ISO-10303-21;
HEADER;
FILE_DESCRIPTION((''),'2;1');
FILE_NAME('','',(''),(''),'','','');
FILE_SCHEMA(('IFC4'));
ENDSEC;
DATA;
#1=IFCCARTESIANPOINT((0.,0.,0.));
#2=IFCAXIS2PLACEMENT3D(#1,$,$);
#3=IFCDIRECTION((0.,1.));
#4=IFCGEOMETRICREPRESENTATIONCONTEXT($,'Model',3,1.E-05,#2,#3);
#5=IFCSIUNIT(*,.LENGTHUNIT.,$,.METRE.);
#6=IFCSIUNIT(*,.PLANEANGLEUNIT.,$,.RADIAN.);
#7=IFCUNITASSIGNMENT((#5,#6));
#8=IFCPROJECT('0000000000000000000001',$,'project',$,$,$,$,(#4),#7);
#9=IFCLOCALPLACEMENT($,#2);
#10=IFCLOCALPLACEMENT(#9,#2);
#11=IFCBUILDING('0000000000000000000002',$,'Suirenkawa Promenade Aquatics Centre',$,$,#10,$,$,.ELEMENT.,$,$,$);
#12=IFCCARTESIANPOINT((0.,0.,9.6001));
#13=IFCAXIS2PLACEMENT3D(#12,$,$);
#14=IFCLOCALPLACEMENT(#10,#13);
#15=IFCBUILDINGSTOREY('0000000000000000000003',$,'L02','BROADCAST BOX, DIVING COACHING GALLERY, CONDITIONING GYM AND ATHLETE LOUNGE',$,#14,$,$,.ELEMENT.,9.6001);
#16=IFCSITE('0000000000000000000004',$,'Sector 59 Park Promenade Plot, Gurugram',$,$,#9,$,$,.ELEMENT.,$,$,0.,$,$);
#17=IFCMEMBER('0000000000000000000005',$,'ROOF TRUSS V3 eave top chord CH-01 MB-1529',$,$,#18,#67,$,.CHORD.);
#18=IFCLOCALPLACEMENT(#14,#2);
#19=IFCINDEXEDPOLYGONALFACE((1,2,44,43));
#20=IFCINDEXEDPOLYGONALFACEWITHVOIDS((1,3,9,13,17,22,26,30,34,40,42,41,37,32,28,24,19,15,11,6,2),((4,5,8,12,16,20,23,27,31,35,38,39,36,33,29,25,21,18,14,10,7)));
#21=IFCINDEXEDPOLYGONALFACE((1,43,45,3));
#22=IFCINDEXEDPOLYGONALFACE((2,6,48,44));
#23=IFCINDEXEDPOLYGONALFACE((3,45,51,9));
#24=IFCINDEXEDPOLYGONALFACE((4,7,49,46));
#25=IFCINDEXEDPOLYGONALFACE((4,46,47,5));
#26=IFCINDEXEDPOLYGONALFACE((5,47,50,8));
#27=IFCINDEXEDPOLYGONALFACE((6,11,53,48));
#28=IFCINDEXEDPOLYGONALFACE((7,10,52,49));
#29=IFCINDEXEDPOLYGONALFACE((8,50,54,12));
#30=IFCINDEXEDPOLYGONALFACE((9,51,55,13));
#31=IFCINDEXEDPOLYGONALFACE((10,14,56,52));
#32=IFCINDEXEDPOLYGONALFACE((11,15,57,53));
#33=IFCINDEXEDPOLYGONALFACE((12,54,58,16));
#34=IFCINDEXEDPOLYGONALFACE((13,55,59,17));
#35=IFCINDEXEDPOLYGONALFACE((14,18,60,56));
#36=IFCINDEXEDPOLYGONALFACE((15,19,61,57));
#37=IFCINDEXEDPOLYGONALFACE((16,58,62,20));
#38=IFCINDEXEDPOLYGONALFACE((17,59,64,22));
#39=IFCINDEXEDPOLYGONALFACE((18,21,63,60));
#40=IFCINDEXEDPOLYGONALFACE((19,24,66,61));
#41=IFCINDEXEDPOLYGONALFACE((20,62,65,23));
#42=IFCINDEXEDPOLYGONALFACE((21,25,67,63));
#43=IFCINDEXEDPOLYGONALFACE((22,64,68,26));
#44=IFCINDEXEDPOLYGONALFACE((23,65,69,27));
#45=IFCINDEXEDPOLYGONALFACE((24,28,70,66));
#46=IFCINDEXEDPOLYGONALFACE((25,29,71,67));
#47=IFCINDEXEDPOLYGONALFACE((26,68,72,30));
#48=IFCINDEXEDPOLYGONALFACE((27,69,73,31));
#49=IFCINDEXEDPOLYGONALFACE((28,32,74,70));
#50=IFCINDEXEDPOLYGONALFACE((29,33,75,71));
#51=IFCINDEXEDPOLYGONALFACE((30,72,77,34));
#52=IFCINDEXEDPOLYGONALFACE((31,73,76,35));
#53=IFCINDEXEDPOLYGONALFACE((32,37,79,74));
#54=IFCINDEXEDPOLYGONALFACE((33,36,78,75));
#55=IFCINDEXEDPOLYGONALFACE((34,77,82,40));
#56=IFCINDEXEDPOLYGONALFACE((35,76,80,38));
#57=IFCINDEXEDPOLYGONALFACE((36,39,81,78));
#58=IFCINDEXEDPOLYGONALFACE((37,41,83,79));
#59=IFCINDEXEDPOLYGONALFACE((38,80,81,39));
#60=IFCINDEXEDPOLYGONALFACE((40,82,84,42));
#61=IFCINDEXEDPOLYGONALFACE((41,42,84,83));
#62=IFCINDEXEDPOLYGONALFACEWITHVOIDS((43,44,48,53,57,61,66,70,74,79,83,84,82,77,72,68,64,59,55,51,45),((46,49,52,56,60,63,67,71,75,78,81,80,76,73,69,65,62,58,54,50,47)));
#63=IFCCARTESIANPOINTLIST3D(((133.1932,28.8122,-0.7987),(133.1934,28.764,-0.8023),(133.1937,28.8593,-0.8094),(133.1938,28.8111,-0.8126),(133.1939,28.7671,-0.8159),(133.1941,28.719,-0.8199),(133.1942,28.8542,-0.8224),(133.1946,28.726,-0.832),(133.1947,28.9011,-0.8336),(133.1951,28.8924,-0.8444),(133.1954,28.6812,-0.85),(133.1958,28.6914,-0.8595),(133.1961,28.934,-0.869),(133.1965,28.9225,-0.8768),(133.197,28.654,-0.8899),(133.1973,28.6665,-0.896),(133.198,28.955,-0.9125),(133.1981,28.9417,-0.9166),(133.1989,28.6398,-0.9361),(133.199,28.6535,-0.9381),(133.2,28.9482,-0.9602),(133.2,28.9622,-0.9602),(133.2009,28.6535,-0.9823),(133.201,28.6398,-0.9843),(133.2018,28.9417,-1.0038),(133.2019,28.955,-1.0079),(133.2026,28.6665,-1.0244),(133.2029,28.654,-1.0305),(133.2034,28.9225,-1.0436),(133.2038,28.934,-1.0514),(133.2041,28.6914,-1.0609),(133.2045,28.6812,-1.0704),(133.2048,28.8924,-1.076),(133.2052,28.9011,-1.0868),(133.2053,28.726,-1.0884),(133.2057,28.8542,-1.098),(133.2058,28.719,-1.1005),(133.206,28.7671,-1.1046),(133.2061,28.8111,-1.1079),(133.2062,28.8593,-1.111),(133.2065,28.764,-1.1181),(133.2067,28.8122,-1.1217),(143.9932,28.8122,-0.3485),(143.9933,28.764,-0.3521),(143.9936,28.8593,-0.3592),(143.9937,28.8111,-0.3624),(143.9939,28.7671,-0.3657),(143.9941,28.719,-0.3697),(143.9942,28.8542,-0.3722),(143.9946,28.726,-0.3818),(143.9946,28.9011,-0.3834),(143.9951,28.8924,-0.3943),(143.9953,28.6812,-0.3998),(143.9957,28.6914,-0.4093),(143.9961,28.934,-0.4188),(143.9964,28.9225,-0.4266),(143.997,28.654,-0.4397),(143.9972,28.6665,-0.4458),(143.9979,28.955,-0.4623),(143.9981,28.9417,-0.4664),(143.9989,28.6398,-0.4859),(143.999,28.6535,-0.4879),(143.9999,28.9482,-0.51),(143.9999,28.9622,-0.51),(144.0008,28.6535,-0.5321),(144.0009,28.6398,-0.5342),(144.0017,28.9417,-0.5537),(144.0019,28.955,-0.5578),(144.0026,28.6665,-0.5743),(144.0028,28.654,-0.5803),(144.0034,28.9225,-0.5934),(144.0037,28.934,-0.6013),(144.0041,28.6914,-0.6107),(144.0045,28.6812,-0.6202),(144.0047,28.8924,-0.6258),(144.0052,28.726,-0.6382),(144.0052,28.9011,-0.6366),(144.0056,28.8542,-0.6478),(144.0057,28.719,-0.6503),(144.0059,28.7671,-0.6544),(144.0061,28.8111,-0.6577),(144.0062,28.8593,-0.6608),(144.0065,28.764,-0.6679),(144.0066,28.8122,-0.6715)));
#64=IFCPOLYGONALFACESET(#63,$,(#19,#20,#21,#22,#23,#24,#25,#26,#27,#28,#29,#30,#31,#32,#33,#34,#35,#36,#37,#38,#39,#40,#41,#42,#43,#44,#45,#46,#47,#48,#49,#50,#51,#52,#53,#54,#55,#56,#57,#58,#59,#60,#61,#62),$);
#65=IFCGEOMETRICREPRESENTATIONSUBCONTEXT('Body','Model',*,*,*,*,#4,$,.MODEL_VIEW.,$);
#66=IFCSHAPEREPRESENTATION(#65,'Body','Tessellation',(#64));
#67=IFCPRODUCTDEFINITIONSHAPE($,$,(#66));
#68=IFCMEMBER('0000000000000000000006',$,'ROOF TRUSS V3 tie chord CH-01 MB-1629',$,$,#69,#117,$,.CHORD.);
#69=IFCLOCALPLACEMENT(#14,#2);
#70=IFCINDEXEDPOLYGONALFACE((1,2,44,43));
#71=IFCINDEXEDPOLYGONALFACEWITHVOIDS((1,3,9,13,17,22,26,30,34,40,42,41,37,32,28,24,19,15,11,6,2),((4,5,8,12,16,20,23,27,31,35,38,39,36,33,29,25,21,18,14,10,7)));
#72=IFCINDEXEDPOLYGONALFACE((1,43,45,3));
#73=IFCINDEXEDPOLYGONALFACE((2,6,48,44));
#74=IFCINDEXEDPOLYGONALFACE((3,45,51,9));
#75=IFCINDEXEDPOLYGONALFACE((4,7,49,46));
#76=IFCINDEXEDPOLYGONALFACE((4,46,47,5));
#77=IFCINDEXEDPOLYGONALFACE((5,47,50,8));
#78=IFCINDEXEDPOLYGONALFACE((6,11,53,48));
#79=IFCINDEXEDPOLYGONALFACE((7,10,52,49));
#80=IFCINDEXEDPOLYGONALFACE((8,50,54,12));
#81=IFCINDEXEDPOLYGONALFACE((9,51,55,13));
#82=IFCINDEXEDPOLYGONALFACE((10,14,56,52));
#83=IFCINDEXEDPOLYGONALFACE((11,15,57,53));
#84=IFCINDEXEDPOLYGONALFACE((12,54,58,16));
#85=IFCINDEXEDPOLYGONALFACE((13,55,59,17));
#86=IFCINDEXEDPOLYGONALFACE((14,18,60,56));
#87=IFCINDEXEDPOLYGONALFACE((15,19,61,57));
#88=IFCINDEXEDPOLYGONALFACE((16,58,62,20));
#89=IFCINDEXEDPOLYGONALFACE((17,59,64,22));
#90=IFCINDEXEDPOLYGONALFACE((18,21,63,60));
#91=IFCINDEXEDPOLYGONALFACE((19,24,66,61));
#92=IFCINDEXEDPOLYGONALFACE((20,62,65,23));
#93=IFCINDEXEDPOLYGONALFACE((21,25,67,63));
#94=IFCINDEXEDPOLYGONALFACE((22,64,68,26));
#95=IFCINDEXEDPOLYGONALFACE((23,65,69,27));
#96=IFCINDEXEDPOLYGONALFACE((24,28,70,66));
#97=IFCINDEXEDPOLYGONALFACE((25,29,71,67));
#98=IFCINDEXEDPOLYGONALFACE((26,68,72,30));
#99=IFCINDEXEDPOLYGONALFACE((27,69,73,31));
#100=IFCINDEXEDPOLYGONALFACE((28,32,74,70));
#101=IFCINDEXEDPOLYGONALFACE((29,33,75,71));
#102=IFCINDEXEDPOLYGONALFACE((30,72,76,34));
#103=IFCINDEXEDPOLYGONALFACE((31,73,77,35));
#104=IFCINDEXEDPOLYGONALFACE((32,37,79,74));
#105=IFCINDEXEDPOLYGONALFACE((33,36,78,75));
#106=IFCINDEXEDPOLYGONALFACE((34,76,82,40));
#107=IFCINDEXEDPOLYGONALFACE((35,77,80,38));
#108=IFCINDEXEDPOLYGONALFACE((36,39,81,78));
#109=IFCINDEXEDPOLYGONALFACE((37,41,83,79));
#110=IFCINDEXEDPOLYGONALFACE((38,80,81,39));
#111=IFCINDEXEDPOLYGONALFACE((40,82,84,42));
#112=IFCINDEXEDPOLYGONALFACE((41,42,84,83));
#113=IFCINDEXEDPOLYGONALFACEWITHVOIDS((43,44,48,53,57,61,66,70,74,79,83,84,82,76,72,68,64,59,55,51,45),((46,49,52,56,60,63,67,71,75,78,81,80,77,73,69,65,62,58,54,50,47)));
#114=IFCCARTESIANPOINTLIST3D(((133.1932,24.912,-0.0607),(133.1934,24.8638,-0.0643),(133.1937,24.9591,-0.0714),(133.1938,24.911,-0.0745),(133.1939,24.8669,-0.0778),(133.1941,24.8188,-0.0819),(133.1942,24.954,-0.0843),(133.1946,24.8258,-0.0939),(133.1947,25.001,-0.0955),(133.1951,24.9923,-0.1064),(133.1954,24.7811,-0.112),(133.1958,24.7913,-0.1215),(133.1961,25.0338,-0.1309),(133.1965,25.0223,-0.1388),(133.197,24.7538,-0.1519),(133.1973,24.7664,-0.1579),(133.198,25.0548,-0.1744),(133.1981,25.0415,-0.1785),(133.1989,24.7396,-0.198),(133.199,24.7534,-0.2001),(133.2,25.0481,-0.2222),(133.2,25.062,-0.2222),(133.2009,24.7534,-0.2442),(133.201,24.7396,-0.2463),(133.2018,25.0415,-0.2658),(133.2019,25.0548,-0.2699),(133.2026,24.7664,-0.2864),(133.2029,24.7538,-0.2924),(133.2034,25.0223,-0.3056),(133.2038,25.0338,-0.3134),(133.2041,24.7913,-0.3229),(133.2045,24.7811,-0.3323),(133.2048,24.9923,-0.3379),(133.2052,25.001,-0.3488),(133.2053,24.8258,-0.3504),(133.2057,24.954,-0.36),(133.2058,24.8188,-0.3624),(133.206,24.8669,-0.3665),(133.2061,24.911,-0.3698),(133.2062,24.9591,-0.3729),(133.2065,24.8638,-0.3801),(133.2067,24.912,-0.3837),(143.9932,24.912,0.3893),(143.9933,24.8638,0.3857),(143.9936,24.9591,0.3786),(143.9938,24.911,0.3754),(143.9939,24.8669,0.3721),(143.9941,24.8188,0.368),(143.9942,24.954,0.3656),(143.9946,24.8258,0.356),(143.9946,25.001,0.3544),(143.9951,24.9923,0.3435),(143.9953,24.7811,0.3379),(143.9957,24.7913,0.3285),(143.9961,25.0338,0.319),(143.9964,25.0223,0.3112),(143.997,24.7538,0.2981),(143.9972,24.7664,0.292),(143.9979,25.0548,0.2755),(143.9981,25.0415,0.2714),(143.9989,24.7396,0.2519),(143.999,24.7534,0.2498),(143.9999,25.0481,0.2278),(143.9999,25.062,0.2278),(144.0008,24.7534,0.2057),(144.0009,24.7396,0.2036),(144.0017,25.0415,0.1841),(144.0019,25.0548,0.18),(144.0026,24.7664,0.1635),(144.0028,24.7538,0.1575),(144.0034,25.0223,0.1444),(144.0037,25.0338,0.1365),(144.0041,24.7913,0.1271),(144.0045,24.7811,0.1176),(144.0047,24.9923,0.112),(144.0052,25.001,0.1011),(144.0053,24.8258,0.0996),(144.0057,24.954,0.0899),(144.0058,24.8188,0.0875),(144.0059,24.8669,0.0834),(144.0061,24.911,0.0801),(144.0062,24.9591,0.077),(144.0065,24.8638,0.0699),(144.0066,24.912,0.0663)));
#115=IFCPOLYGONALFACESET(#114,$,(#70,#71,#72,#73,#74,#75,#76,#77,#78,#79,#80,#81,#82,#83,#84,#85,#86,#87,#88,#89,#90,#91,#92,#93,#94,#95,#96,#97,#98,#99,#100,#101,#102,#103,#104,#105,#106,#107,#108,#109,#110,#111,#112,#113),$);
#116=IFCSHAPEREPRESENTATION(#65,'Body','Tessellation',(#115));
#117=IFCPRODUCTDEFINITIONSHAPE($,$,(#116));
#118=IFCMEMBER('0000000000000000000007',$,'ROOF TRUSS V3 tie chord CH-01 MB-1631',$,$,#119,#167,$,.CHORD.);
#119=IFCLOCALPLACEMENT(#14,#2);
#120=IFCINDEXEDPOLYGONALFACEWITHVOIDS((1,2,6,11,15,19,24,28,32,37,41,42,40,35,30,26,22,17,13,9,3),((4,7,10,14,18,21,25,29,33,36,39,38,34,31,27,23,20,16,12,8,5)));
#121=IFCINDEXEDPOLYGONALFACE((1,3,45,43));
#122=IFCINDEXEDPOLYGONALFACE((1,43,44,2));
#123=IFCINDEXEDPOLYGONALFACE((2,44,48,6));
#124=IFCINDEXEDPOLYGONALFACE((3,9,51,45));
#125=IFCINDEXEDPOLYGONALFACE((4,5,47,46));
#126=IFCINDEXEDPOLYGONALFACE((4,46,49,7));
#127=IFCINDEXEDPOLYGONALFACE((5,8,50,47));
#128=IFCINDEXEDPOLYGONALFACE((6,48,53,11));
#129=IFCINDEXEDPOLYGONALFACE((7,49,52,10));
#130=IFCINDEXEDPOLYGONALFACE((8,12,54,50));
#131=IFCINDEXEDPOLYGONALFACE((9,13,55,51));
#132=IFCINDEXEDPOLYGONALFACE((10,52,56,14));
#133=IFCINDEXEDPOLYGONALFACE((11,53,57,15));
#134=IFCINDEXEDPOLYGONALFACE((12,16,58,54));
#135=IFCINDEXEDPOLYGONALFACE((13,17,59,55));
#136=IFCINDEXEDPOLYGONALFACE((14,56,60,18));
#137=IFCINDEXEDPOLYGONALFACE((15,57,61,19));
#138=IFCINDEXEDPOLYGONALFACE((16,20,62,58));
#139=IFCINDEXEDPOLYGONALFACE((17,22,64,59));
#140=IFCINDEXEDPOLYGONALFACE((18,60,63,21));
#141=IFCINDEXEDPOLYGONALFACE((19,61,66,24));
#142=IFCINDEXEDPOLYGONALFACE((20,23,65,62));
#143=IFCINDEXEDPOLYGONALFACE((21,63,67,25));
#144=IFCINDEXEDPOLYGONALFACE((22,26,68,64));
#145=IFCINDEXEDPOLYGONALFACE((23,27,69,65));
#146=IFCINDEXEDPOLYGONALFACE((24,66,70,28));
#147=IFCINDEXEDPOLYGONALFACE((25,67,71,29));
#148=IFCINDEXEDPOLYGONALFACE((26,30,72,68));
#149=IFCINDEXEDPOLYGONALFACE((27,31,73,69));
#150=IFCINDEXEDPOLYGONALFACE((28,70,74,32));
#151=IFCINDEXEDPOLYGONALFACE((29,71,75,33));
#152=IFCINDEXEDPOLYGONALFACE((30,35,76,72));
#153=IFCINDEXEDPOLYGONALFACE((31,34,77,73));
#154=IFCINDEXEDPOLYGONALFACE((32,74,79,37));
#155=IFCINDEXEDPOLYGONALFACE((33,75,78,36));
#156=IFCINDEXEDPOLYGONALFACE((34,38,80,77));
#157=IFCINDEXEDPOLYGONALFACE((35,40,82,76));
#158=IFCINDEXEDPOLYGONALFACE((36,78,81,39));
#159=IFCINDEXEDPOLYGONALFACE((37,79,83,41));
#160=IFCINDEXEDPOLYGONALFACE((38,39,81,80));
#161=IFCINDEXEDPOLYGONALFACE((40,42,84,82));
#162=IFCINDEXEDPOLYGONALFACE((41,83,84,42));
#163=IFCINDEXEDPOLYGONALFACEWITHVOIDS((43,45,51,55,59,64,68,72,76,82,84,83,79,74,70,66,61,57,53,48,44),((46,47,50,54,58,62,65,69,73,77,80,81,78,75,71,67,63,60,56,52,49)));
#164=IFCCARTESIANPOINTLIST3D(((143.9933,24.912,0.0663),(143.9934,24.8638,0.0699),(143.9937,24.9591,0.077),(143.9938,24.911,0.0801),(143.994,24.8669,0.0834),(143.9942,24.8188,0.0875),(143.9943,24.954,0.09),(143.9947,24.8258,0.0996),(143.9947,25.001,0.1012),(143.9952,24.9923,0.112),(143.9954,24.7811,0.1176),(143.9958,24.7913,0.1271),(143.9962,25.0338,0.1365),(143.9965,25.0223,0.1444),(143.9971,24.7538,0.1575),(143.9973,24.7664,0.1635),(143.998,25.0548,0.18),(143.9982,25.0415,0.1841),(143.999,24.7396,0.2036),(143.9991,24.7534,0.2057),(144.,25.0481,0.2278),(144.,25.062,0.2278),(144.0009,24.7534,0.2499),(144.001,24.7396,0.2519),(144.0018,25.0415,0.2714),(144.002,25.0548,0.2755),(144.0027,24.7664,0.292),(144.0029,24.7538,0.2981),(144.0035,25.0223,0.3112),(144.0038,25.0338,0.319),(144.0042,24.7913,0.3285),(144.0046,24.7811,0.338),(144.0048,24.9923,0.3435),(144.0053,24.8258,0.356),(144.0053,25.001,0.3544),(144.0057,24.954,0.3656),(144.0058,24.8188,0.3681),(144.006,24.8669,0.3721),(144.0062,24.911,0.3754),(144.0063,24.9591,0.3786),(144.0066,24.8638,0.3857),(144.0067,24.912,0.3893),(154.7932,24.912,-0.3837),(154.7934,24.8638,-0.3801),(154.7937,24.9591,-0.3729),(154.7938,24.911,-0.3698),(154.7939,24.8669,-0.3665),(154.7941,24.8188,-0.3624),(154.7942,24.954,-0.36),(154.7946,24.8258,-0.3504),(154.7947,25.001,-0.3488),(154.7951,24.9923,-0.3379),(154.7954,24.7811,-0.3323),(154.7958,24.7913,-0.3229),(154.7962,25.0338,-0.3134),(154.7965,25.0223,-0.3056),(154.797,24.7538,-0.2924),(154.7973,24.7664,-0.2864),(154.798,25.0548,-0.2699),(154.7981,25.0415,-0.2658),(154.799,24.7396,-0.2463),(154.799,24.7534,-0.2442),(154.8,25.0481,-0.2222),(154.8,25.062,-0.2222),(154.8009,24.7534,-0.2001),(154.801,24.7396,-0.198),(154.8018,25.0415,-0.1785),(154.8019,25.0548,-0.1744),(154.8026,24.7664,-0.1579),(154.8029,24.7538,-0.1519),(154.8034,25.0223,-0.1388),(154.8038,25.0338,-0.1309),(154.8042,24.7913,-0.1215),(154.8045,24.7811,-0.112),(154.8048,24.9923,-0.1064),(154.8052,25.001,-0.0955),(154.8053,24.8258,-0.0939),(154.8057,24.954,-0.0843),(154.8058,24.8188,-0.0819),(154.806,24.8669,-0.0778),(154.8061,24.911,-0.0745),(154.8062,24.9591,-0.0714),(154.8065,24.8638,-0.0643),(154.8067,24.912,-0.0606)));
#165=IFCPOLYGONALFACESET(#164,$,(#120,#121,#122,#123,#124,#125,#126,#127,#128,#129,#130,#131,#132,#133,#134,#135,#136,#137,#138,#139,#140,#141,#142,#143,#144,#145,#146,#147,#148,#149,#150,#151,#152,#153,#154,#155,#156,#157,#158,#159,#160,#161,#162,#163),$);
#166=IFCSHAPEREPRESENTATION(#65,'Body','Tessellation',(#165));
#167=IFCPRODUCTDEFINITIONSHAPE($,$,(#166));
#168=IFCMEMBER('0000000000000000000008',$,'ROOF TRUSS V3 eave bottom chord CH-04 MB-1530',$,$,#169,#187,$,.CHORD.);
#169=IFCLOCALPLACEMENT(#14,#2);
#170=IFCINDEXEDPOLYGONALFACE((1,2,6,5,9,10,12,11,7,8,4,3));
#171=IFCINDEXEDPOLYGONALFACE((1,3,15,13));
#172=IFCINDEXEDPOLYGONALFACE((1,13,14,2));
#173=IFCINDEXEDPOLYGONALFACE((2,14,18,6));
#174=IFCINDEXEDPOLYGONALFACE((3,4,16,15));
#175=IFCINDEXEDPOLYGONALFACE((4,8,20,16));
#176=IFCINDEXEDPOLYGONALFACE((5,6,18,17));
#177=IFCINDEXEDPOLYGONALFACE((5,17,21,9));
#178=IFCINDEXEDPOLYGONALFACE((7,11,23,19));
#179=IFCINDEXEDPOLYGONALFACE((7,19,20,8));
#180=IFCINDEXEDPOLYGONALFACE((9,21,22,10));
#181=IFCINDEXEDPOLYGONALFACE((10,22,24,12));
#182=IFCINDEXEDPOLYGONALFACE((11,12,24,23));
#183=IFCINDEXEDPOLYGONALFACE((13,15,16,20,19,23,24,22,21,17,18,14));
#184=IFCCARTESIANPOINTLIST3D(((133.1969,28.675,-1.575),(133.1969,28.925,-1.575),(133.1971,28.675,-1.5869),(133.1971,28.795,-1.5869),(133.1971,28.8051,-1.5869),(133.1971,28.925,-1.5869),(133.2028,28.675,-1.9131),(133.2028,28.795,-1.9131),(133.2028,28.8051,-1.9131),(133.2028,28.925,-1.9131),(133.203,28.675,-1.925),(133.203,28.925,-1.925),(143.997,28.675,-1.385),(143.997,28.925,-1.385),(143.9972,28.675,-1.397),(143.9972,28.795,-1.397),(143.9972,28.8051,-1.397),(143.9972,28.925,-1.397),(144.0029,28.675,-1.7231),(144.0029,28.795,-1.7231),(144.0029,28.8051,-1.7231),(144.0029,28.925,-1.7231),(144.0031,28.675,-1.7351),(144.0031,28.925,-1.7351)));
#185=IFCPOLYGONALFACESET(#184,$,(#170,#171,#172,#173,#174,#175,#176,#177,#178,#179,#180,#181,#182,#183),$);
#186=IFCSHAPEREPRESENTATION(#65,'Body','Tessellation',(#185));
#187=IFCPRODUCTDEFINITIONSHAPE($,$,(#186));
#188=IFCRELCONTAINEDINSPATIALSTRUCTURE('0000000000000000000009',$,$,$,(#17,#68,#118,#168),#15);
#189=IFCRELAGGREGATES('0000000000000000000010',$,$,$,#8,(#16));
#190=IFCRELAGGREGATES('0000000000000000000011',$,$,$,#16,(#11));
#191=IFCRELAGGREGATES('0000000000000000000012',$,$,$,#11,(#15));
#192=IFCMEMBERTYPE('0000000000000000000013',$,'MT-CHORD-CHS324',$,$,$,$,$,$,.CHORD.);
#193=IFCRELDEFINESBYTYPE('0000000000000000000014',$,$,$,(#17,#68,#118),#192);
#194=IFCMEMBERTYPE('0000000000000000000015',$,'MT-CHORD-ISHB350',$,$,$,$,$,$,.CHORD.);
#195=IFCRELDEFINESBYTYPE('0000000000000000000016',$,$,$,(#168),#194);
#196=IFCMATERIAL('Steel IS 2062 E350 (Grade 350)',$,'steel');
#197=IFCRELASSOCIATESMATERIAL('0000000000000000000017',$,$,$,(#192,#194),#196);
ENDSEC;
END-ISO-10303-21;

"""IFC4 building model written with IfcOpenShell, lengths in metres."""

from ifc_helpers import new_model, si_unit, direction, frame, origin, origin_2d, place, context, subcontext, project, spatial, hollow_circle, i_section, extrude, material, material_profile, profile_set, type_object, element, save


model = new_model("IFC4")

# Units and contexts
model_context = context("Model", 3, precision=1e-05, world=origin(), true_north=direction((0.0, 1.0)))
body_context = subcontext(model_context, "Body", "Model", "MODEL_VIEW")
ifc_project = project(units=[si_unit("LENGTHUNIT", "METRE"), si_unit("PLANEANGLEUNIT", "RADIAN")], contexts=[model_context])

# Site, building, storey
site_placement = place(None, origin())
site = spatial("IfcSite", under=ifc_project, at=site_placement, Name="Sector 59 Park Promenade Plot, Gurugram", CompositionType="ELEMENT", RefElevation=0.0)
building_placement = place(site_placement, origin())
building = spatial("IfcBuilding", under=site, at=building_placement, Name="Suirenkawa Promenade Aquatics Centre", CompositionType="ELEMENT")
storey_placement = place(building_placement, frame((0.0, 0.0, 9.6001)))
storey = spatial("IfcBuildingStorey", under=building, at=storey_placement, Name="L02", Description="BROADCAST BOX, DIVING COACHING GALLERY, CONDITIONING GYM AND ATHLETE LOUNGE", CompositionType="ELEMENT", Elevation=9.6001)

# Shared definitions
ifc_material = material(Name="Steel IS 2062 E350 (Grade 350)", Category="steel")

# Members
ifc_material_profile_1 = material_profile(ifc_material, hollow_circle(Radius=0.1621, WallThickness=0.0139, at=origin_2d()), Name="CHS 324x14", Category="steel")
ifc_profile_set_1 = profile_set([ifc_material_profile_1], Name="Steel IS 2062 E350 (Grade 350)")
member_type_1 = type_object("IfcMemberType", Name="MT-CHORD-CHS324", PredefinedType="CHORD", material=ifc_profile_set_1)
for number, where, z_axis, x_axis, name in (
    (1, (133.2, 28.8, -0.9602), (0.999132, 0.0, 0.041648), (0.0, 1.0, 0.0), "ROOF TRUSS V3 eave top chord CH-01 MB-1529"),
    (2, (133.2, 24.8999, -0.2222), (0.999133, 0.0, 0.041626), (0.0, 1.0, 0.0), "ROOF TRUSS V3 tie chord CH-01 MB-1629"),
    (3, (144.0, 24.8999, 0.2278), (0.999133, 0.0, -0.041626), (0.0, 1.0, 0.0), "ROOF TRUSS V3 tie chord CH-01 MB-1631"),
):
    element("IfcMember", number, at=place(storey_placement, frame(where, z_axis=z_axis, x_axis=x_axis)), inside=storey, type_object=member_type_1, Name=name, PredefinedType="CHORD", context=body_context, shape_type="SweptSolid", body=[
        extrude(hollow_circle(Radius=0.1621, WallThickness=0.0139, at=origin_2d()), origin(), (0.0, 0.0, 1.0), 10.8093),
    ])
ifc_material_profile_2 = material_profile(ifc_material, i_section(OverallWidth=0.25, OverallDepth=0.3501, WebThickness=0.01, FlangeThickness=0.012, at=origin_2d()), Name="ISHB 350", Category="steel")
ifc_profile_set_2 = profile_set([ifc_material_profile_2], Name="Steel IS 2062 E350 (Grade 350)")
member_type_2 = type_object("IfcMemberType", Name="MT-CHORD-ISHB350", PredefinedType="CHORD", material=ifc_profile_set_2)
member_1_placement = place(storey_placement, frame((133.2, 28.8, -1.75), z_axis=(0.999845, 0.0, 0.017584), x_axis=(0.0, 1.0, 0.0)))
element("IfcMember", 4, at=member_1_placement, inside=storey, type_object=member_type_2, Name="ROOF TRUSS V3 eave bottom chord CH-04 MB-1530", PredefinedType="CHORD", context=body_context, shape_type="SweptSolid", body=[
    extrude(i_section(OverallWidth=0.25, OverallDepth=0.3501, WebThickness=0.01, FlangeThickness=0.012, at=origin_2d()), origin(), (0.0, 0.0, 1.0), 10.8018),
])

save(model, "model.ifc")
